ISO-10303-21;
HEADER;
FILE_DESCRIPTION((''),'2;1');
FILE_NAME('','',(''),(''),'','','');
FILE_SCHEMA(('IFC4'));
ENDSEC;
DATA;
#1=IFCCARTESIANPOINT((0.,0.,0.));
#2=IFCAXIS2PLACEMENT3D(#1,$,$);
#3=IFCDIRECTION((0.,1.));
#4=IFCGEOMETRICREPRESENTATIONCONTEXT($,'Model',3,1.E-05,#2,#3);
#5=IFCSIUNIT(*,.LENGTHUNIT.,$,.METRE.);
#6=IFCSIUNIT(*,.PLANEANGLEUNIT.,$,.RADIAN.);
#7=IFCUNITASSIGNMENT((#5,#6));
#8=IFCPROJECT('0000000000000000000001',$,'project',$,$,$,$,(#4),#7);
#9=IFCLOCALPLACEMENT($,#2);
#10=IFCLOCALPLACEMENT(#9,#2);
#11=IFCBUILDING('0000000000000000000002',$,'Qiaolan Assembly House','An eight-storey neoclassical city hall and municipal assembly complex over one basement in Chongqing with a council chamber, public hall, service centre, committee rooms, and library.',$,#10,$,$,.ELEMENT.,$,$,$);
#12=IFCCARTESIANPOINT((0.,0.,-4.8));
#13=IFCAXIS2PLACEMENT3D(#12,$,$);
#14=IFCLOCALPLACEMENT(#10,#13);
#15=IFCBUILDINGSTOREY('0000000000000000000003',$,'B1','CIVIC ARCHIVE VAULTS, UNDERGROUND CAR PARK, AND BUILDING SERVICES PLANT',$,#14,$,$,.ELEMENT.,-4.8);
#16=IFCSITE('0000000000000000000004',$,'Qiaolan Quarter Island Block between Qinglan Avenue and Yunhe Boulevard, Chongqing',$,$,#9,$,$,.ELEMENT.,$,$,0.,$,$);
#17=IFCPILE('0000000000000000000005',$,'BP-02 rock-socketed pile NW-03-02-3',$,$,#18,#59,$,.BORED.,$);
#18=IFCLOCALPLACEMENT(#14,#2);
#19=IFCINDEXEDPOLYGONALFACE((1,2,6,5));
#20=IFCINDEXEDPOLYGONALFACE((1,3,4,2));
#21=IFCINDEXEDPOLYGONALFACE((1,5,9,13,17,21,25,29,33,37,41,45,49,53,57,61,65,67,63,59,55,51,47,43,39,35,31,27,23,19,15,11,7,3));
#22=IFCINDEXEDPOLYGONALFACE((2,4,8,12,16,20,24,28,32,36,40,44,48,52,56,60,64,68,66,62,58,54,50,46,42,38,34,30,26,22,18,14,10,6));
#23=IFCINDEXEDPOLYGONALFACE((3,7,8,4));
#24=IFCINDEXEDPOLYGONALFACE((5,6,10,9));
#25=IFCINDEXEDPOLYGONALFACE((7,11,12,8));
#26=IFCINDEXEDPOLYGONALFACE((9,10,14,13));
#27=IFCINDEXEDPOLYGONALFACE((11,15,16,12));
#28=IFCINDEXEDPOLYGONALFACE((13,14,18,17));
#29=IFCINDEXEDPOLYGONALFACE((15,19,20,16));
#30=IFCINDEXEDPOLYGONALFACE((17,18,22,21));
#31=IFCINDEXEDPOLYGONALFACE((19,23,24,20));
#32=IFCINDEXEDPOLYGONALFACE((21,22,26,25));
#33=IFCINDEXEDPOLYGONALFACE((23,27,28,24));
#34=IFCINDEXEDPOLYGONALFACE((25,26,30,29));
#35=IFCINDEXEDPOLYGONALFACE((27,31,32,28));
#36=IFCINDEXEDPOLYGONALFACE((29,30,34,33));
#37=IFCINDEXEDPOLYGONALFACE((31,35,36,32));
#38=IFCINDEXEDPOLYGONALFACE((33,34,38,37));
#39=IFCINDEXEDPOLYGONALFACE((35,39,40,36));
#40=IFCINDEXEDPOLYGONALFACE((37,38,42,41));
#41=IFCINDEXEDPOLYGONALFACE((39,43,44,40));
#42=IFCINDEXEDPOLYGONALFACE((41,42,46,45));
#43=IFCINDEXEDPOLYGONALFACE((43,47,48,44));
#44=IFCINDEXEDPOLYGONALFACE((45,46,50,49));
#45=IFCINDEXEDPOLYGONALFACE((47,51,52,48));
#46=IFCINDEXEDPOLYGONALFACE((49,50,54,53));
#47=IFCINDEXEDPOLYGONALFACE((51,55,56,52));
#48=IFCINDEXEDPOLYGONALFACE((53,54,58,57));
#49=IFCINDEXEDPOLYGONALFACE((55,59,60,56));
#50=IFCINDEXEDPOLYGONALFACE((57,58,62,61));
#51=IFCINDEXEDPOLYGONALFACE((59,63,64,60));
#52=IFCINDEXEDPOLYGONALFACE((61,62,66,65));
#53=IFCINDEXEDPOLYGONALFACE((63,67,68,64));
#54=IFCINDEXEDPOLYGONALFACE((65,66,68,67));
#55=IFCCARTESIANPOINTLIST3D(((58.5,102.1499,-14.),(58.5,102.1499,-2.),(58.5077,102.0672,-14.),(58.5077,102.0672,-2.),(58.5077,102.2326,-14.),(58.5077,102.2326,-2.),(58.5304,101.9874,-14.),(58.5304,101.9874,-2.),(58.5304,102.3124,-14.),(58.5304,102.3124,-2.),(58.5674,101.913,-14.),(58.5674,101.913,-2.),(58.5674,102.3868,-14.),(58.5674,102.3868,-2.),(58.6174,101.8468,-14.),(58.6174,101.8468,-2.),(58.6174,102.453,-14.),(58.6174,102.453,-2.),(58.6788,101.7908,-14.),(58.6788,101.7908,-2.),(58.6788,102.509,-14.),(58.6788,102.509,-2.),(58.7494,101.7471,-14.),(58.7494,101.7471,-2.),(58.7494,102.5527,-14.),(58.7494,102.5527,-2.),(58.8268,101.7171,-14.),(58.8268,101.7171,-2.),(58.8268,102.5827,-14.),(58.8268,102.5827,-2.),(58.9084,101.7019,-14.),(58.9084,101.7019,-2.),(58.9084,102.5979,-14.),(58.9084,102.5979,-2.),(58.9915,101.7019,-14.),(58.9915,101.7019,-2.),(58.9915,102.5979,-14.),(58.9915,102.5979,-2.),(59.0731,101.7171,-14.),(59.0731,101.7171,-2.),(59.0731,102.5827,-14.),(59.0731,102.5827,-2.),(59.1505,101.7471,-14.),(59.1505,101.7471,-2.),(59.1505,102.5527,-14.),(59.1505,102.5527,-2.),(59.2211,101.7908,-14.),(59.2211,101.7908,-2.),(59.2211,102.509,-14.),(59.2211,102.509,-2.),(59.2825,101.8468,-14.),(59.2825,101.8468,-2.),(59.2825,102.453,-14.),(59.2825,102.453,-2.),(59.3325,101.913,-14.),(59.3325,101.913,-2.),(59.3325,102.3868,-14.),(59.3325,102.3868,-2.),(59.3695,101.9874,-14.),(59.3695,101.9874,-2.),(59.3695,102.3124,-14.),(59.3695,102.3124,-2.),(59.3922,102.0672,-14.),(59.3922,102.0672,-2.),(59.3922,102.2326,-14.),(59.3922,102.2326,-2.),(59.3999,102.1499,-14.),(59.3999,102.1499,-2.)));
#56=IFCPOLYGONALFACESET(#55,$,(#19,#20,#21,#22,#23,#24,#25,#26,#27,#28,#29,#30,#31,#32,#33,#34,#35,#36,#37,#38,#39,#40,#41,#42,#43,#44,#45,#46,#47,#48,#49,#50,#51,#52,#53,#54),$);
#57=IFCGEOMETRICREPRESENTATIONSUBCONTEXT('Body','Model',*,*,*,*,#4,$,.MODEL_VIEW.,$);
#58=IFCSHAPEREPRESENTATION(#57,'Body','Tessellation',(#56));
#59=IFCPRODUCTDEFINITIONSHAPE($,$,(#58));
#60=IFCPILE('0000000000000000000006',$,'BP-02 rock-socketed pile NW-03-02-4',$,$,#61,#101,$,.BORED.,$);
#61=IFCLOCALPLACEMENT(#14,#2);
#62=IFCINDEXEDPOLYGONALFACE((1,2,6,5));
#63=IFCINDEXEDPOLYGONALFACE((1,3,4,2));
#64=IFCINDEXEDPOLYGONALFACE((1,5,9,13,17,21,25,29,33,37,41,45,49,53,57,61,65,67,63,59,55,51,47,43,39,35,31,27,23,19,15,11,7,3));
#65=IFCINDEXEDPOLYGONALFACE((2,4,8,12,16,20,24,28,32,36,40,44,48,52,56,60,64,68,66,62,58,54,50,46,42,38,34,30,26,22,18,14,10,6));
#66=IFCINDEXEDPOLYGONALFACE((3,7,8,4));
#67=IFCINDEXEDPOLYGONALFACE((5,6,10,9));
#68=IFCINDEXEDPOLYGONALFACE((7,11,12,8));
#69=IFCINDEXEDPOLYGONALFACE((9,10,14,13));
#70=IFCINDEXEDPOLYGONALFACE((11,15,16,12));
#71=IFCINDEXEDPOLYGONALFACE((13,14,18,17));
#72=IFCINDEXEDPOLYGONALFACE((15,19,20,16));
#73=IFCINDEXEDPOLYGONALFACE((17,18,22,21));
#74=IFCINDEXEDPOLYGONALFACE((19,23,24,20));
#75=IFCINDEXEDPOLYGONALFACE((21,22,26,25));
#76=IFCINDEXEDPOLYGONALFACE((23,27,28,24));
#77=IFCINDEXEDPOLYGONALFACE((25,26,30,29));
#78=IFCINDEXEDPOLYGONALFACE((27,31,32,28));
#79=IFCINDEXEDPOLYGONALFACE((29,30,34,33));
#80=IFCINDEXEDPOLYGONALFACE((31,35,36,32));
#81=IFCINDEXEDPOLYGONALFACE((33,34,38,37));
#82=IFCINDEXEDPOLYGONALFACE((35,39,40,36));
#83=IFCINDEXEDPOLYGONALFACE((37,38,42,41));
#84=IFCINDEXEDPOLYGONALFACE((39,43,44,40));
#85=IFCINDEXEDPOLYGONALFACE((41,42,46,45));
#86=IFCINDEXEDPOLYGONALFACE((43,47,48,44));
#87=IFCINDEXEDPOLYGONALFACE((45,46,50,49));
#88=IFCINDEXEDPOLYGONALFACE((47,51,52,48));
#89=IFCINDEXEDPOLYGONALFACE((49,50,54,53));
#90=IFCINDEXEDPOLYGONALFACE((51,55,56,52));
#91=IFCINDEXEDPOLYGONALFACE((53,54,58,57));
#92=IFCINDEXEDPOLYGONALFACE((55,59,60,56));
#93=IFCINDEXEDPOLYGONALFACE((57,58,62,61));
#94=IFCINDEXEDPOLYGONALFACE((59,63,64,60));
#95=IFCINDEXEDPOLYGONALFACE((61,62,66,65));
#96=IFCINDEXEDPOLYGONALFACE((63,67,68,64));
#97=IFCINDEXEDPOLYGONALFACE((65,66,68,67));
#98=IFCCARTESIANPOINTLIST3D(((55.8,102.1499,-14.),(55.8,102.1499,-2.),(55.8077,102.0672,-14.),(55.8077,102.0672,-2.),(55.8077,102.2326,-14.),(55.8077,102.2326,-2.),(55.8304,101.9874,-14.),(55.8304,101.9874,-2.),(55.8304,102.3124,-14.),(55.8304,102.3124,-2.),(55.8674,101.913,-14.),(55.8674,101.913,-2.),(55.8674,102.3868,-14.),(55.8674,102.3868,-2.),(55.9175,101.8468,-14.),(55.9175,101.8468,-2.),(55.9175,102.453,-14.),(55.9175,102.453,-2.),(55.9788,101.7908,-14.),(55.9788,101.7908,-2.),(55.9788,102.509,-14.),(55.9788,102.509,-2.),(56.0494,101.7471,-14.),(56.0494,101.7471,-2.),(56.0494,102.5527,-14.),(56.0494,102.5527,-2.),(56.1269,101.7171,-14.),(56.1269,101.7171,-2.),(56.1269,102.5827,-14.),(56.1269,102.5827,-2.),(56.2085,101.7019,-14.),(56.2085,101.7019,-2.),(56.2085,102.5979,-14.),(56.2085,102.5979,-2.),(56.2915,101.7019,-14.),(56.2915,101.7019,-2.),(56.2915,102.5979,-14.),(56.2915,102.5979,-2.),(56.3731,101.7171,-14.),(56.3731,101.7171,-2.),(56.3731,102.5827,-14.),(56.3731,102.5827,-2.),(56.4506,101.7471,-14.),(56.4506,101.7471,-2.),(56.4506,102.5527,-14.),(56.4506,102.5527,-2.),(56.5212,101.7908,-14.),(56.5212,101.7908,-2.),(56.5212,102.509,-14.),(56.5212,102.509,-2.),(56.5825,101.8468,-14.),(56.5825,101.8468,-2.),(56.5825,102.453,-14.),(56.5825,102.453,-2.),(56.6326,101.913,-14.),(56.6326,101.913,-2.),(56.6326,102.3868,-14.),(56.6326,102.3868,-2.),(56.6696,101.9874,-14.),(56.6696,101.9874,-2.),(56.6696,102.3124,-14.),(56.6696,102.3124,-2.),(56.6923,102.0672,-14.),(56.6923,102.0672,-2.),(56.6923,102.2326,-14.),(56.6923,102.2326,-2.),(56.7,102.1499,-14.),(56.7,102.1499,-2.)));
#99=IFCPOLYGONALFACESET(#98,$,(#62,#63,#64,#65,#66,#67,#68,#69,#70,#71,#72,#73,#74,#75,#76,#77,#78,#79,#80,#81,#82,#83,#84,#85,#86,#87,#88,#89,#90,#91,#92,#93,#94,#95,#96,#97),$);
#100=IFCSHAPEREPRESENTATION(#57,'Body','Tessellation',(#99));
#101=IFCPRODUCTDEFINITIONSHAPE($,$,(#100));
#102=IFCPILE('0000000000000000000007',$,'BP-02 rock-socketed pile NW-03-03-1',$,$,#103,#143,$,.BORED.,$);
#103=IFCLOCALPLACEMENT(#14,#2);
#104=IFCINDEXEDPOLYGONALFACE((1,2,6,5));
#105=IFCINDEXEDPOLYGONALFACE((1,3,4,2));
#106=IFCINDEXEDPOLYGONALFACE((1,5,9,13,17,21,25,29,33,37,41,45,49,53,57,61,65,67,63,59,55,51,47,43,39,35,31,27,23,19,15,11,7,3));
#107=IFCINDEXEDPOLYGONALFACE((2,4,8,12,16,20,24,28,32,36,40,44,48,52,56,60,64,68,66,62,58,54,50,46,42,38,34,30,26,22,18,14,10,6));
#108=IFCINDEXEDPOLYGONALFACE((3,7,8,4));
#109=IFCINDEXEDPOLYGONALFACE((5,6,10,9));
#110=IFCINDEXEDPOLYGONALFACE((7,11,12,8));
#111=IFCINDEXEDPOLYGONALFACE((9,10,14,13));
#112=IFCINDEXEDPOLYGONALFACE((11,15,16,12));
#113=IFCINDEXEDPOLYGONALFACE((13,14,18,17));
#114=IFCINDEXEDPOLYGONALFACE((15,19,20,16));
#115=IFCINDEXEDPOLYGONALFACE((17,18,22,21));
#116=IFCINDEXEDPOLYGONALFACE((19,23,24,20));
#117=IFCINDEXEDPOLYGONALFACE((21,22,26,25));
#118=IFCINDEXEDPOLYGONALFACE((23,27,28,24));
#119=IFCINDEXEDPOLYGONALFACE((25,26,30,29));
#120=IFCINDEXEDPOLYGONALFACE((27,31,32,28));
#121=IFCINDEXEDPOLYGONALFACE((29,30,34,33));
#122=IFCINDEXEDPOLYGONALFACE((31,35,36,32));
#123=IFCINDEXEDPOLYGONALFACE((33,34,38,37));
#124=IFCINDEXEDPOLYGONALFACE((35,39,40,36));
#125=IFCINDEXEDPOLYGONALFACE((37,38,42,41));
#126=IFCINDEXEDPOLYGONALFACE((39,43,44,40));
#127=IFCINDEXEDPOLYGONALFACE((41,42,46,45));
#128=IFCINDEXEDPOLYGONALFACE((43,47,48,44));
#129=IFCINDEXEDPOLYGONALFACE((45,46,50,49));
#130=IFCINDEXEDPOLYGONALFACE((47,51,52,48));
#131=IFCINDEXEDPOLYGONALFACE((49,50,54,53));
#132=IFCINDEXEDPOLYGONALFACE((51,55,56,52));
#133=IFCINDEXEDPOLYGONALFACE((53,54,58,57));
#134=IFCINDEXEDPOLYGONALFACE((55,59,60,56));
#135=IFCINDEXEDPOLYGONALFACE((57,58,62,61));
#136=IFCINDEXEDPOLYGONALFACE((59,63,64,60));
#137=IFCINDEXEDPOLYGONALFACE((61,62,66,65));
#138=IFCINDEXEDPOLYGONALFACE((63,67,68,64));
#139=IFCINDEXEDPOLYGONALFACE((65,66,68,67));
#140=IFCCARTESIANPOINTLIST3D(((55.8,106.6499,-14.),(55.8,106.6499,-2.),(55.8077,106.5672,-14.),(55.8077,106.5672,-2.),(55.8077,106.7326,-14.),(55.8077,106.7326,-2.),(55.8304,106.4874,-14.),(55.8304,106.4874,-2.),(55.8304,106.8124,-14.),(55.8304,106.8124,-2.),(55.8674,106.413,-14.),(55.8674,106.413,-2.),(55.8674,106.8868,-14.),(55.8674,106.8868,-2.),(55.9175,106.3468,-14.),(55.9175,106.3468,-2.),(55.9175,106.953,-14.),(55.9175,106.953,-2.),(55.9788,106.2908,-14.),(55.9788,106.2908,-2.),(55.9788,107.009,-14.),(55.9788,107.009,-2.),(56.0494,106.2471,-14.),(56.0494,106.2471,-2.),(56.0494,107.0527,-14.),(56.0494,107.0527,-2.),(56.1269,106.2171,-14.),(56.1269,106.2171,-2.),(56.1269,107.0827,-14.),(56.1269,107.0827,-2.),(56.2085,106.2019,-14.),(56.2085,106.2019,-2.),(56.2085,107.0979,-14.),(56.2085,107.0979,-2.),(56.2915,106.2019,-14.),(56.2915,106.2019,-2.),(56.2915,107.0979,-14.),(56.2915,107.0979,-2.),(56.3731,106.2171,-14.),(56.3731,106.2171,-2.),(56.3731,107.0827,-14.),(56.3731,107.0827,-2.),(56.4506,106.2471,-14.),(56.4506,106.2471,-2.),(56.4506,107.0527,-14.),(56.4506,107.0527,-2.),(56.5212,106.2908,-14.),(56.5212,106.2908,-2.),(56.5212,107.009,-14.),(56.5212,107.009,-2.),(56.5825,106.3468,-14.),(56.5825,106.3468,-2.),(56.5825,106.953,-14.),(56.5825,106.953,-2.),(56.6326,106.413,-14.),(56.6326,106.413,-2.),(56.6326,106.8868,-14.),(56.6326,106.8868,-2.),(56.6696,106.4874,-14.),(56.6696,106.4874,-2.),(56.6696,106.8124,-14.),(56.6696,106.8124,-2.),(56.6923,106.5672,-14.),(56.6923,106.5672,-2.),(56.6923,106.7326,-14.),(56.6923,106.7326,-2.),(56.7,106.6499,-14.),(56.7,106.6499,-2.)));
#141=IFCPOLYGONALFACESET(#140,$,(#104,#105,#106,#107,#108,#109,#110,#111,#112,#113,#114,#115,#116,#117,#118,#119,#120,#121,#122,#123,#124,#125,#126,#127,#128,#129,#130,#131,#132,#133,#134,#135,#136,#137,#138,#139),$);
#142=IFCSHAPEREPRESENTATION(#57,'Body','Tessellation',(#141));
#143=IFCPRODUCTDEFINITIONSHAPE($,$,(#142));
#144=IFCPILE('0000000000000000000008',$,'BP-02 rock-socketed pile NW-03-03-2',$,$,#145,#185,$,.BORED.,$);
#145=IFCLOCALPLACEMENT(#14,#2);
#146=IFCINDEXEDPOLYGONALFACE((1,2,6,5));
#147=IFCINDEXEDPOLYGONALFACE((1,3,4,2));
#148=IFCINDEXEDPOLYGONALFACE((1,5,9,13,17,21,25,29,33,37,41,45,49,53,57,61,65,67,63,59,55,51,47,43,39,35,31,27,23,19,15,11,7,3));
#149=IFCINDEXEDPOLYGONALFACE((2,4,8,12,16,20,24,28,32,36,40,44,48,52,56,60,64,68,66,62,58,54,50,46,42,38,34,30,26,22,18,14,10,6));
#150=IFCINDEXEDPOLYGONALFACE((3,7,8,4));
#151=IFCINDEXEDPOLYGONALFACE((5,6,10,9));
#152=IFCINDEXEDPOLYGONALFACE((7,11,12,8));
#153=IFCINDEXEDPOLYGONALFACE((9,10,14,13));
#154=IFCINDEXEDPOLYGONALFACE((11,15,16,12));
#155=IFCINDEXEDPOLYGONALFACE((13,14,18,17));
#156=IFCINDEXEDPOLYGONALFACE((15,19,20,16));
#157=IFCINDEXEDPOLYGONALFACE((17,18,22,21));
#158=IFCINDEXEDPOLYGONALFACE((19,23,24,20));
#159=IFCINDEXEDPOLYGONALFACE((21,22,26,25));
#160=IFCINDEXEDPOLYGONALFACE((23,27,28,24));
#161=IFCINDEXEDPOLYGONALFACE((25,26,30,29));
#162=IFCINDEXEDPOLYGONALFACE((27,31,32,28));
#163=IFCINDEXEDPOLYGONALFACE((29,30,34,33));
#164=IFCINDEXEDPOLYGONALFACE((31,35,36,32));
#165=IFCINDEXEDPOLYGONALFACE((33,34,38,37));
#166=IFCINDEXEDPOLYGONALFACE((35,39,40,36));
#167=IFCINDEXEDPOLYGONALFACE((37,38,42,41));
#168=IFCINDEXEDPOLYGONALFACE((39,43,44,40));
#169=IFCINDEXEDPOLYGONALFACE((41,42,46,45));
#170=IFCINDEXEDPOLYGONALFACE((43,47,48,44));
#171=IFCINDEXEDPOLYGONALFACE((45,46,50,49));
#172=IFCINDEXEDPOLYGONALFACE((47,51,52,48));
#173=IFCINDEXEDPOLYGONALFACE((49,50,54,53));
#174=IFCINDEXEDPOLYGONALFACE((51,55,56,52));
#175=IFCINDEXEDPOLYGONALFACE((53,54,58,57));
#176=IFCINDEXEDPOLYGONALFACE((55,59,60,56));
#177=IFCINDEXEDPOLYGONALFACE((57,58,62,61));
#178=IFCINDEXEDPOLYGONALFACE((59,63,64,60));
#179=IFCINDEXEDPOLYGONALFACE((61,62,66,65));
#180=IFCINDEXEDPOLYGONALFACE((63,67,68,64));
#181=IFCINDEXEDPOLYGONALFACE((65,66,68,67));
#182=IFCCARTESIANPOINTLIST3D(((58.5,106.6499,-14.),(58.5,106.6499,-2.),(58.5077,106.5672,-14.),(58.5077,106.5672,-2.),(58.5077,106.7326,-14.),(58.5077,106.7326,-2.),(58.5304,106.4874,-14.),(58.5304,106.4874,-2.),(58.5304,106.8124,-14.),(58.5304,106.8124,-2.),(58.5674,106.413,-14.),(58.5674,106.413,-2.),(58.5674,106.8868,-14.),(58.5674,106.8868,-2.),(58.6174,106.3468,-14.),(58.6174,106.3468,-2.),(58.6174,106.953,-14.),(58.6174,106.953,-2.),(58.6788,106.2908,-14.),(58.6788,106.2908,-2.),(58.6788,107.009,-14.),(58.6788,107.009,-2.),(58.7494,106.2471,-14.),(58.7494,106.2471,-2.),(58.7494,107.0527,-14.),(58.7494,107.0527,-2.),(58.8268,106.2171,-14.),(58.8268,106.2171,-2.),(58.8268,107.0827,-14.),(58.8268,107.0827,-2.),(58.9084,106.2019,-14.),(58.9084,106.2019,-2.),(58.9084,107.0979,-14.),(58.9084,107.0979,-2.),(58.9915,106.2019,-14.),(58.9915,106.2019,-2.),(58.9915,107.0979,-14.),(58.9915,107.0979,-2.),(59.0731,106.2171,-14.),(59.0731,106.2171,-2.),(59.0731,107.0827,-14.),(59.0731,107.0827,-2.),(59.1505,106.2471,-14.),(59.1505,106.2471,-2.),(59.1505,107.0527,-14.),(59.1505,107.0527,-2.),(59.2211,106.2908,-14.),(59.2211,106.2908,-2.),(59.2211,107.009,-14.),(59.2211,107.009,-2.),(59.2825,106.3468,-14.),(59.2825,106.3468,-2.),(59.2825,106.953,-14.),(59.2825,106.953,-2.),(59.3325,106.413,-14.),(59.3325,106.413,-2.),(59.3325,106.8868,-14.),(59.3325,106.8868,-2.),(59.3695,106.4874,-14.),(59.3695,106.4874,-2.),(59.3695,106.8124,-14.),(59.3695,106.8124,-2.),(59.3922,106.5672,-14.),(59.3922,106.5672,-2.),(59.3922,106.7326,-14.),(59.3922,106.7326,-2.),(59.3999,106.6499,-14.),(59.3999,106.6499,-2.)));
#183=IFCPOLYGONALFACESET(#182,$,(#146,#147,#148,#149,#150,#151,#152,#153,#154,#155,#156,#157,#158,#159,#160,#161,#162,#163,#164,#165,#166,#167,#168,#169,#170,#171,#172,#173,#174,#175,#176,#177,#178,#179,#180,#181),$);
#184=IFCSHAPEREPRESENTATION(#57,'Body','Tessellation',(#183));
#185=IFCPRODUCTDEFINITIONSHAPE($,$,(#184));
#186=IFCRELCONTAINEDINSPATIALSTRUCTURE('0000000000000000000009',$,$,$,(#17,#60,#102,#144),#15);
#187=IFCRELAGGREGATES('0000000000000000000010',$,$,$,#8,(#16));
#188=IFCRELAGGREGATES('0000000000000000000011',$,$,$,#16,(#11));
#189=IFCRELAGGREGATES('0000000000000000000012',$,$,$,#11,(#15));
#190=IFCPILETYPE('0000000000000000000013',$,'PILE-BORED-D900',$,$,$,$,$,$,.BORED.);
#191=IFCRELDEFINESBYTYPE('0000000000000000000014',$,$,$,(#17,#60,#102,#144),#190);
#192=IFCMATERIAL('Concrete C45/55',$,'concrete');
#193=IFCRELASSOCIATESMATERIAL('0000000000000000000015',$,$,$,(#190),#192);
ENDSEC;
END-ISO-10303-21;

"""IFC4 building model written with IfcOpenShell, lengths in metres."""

from ifc_helpers import new_model, si_unit, direction, frame, origin, origin_2d, place, context, subcontext, project, spatial, circle, extrude, material, material_profile, profile_set, type_object, element, save


model = new_model("IFC4")

# Units and contexts
model_context = context("Model", 3, precision=1e-05, world=origin(), true_north=direction((0.0, 1.0)))
body_context = subcontext(model_context, "Body", "Model", "MODEL_VIEW")
ifc_project = project(units=[si_unit("LENGTHUNIT", "METRE"), si_unit("PLANEANGLEUNIT", "RADIAN")], contexts=[model_context])

# Site, building, storey
site_placement = place(None, origin())
site = spatial("IfcSite", under=ifc_project, at=site_placement, Name="Qiaolan Quarter Island Block between Qinglan Avenue and Yunhe Boulevard, Chongqing", CompositionType="ELEMENT", RefElevation=0.0)
building_placement = place(site_placement, origin())
building = spatial("IfcBuilding", under=site, at=building_placement, Name="Qiaolan Assembly House", Description="An eight-storey neoclassical city hall and municipal assembly complex over one basement in Chongqing with a council chamber, public hall, service centre, committee rooms, and library.", CompositionType="ELEMENT")
storey_placement = place(building_placement, frame((0.0, 0.0, -4.8)))
storey = spatial("IfcBuildingStorey", under=building, at=storey_placement, Name="B1", Description="CIVIC ARCHIVE VAULTS, UNDERGROUND CAR PARK, AND BUILDING SERVICES PLANT", CompositionType="ELEMENT", Elevation=-4.8)

# Piles
ifc_material_1 = material(Name="Concrete C45/55", Category="concrete")
ifc_material_profile_1 = material_profile(ifc_material_1, circle(Radius=0.45, at=origin_2d()), Name="PILE D900")
ifc_profile_set_1 = profile_set([ifc_material_profile_1], Name="Concrete C45/55")
pile_type_1 = type_object("IfcPileType", Name="PILE-BORED-D900", PredefinedType="BORED", material=ifc_profile_set_1)
for number, where, z_axis, x_axis, name in (
    (1, (58.95, 102.1499, -2.0), (0.0, 0.0, -1.0), (1.0, 0.0, 0.0), "BP-02 rock-socketed pile NW-03-02-3"),
    (2, (56.25, 102.1499, -2.0), (0.0, 0.0, -1.0), (1.0, 0.0, 0.0), "BP-02 rock-socketed pile NW-03-02-4"),
    (3, (56.25, 106.6499, -2.0), (0.0, 0.0, -1.0), (1.0, 0.0, 0.0), "BP-02 rock-socketed pile NW-03-03-1"),
    (4, (58.95, 106.6499, -2.0), (0.0, 0.0, -1.0), (1.0, 0.0, 0.0), "BP-02 rock-socketed pile NW-03-03-2"),
):
    element("IfcPile", number, at=place(storey_placement, frame(where, z_axis=z_axis, x_axis=x_axis)), inside=storey, type_object=pile_type_1, Name=name, PredefinedType="BORED", context=body_context, shape_type="SweptSolid", body=[
        extrude(circle(Radius=0.45, at=origin_2d()), origin(), (0.0, 0.0, 1.0), 12.0),
    ])

save(model, "model.ifc")
